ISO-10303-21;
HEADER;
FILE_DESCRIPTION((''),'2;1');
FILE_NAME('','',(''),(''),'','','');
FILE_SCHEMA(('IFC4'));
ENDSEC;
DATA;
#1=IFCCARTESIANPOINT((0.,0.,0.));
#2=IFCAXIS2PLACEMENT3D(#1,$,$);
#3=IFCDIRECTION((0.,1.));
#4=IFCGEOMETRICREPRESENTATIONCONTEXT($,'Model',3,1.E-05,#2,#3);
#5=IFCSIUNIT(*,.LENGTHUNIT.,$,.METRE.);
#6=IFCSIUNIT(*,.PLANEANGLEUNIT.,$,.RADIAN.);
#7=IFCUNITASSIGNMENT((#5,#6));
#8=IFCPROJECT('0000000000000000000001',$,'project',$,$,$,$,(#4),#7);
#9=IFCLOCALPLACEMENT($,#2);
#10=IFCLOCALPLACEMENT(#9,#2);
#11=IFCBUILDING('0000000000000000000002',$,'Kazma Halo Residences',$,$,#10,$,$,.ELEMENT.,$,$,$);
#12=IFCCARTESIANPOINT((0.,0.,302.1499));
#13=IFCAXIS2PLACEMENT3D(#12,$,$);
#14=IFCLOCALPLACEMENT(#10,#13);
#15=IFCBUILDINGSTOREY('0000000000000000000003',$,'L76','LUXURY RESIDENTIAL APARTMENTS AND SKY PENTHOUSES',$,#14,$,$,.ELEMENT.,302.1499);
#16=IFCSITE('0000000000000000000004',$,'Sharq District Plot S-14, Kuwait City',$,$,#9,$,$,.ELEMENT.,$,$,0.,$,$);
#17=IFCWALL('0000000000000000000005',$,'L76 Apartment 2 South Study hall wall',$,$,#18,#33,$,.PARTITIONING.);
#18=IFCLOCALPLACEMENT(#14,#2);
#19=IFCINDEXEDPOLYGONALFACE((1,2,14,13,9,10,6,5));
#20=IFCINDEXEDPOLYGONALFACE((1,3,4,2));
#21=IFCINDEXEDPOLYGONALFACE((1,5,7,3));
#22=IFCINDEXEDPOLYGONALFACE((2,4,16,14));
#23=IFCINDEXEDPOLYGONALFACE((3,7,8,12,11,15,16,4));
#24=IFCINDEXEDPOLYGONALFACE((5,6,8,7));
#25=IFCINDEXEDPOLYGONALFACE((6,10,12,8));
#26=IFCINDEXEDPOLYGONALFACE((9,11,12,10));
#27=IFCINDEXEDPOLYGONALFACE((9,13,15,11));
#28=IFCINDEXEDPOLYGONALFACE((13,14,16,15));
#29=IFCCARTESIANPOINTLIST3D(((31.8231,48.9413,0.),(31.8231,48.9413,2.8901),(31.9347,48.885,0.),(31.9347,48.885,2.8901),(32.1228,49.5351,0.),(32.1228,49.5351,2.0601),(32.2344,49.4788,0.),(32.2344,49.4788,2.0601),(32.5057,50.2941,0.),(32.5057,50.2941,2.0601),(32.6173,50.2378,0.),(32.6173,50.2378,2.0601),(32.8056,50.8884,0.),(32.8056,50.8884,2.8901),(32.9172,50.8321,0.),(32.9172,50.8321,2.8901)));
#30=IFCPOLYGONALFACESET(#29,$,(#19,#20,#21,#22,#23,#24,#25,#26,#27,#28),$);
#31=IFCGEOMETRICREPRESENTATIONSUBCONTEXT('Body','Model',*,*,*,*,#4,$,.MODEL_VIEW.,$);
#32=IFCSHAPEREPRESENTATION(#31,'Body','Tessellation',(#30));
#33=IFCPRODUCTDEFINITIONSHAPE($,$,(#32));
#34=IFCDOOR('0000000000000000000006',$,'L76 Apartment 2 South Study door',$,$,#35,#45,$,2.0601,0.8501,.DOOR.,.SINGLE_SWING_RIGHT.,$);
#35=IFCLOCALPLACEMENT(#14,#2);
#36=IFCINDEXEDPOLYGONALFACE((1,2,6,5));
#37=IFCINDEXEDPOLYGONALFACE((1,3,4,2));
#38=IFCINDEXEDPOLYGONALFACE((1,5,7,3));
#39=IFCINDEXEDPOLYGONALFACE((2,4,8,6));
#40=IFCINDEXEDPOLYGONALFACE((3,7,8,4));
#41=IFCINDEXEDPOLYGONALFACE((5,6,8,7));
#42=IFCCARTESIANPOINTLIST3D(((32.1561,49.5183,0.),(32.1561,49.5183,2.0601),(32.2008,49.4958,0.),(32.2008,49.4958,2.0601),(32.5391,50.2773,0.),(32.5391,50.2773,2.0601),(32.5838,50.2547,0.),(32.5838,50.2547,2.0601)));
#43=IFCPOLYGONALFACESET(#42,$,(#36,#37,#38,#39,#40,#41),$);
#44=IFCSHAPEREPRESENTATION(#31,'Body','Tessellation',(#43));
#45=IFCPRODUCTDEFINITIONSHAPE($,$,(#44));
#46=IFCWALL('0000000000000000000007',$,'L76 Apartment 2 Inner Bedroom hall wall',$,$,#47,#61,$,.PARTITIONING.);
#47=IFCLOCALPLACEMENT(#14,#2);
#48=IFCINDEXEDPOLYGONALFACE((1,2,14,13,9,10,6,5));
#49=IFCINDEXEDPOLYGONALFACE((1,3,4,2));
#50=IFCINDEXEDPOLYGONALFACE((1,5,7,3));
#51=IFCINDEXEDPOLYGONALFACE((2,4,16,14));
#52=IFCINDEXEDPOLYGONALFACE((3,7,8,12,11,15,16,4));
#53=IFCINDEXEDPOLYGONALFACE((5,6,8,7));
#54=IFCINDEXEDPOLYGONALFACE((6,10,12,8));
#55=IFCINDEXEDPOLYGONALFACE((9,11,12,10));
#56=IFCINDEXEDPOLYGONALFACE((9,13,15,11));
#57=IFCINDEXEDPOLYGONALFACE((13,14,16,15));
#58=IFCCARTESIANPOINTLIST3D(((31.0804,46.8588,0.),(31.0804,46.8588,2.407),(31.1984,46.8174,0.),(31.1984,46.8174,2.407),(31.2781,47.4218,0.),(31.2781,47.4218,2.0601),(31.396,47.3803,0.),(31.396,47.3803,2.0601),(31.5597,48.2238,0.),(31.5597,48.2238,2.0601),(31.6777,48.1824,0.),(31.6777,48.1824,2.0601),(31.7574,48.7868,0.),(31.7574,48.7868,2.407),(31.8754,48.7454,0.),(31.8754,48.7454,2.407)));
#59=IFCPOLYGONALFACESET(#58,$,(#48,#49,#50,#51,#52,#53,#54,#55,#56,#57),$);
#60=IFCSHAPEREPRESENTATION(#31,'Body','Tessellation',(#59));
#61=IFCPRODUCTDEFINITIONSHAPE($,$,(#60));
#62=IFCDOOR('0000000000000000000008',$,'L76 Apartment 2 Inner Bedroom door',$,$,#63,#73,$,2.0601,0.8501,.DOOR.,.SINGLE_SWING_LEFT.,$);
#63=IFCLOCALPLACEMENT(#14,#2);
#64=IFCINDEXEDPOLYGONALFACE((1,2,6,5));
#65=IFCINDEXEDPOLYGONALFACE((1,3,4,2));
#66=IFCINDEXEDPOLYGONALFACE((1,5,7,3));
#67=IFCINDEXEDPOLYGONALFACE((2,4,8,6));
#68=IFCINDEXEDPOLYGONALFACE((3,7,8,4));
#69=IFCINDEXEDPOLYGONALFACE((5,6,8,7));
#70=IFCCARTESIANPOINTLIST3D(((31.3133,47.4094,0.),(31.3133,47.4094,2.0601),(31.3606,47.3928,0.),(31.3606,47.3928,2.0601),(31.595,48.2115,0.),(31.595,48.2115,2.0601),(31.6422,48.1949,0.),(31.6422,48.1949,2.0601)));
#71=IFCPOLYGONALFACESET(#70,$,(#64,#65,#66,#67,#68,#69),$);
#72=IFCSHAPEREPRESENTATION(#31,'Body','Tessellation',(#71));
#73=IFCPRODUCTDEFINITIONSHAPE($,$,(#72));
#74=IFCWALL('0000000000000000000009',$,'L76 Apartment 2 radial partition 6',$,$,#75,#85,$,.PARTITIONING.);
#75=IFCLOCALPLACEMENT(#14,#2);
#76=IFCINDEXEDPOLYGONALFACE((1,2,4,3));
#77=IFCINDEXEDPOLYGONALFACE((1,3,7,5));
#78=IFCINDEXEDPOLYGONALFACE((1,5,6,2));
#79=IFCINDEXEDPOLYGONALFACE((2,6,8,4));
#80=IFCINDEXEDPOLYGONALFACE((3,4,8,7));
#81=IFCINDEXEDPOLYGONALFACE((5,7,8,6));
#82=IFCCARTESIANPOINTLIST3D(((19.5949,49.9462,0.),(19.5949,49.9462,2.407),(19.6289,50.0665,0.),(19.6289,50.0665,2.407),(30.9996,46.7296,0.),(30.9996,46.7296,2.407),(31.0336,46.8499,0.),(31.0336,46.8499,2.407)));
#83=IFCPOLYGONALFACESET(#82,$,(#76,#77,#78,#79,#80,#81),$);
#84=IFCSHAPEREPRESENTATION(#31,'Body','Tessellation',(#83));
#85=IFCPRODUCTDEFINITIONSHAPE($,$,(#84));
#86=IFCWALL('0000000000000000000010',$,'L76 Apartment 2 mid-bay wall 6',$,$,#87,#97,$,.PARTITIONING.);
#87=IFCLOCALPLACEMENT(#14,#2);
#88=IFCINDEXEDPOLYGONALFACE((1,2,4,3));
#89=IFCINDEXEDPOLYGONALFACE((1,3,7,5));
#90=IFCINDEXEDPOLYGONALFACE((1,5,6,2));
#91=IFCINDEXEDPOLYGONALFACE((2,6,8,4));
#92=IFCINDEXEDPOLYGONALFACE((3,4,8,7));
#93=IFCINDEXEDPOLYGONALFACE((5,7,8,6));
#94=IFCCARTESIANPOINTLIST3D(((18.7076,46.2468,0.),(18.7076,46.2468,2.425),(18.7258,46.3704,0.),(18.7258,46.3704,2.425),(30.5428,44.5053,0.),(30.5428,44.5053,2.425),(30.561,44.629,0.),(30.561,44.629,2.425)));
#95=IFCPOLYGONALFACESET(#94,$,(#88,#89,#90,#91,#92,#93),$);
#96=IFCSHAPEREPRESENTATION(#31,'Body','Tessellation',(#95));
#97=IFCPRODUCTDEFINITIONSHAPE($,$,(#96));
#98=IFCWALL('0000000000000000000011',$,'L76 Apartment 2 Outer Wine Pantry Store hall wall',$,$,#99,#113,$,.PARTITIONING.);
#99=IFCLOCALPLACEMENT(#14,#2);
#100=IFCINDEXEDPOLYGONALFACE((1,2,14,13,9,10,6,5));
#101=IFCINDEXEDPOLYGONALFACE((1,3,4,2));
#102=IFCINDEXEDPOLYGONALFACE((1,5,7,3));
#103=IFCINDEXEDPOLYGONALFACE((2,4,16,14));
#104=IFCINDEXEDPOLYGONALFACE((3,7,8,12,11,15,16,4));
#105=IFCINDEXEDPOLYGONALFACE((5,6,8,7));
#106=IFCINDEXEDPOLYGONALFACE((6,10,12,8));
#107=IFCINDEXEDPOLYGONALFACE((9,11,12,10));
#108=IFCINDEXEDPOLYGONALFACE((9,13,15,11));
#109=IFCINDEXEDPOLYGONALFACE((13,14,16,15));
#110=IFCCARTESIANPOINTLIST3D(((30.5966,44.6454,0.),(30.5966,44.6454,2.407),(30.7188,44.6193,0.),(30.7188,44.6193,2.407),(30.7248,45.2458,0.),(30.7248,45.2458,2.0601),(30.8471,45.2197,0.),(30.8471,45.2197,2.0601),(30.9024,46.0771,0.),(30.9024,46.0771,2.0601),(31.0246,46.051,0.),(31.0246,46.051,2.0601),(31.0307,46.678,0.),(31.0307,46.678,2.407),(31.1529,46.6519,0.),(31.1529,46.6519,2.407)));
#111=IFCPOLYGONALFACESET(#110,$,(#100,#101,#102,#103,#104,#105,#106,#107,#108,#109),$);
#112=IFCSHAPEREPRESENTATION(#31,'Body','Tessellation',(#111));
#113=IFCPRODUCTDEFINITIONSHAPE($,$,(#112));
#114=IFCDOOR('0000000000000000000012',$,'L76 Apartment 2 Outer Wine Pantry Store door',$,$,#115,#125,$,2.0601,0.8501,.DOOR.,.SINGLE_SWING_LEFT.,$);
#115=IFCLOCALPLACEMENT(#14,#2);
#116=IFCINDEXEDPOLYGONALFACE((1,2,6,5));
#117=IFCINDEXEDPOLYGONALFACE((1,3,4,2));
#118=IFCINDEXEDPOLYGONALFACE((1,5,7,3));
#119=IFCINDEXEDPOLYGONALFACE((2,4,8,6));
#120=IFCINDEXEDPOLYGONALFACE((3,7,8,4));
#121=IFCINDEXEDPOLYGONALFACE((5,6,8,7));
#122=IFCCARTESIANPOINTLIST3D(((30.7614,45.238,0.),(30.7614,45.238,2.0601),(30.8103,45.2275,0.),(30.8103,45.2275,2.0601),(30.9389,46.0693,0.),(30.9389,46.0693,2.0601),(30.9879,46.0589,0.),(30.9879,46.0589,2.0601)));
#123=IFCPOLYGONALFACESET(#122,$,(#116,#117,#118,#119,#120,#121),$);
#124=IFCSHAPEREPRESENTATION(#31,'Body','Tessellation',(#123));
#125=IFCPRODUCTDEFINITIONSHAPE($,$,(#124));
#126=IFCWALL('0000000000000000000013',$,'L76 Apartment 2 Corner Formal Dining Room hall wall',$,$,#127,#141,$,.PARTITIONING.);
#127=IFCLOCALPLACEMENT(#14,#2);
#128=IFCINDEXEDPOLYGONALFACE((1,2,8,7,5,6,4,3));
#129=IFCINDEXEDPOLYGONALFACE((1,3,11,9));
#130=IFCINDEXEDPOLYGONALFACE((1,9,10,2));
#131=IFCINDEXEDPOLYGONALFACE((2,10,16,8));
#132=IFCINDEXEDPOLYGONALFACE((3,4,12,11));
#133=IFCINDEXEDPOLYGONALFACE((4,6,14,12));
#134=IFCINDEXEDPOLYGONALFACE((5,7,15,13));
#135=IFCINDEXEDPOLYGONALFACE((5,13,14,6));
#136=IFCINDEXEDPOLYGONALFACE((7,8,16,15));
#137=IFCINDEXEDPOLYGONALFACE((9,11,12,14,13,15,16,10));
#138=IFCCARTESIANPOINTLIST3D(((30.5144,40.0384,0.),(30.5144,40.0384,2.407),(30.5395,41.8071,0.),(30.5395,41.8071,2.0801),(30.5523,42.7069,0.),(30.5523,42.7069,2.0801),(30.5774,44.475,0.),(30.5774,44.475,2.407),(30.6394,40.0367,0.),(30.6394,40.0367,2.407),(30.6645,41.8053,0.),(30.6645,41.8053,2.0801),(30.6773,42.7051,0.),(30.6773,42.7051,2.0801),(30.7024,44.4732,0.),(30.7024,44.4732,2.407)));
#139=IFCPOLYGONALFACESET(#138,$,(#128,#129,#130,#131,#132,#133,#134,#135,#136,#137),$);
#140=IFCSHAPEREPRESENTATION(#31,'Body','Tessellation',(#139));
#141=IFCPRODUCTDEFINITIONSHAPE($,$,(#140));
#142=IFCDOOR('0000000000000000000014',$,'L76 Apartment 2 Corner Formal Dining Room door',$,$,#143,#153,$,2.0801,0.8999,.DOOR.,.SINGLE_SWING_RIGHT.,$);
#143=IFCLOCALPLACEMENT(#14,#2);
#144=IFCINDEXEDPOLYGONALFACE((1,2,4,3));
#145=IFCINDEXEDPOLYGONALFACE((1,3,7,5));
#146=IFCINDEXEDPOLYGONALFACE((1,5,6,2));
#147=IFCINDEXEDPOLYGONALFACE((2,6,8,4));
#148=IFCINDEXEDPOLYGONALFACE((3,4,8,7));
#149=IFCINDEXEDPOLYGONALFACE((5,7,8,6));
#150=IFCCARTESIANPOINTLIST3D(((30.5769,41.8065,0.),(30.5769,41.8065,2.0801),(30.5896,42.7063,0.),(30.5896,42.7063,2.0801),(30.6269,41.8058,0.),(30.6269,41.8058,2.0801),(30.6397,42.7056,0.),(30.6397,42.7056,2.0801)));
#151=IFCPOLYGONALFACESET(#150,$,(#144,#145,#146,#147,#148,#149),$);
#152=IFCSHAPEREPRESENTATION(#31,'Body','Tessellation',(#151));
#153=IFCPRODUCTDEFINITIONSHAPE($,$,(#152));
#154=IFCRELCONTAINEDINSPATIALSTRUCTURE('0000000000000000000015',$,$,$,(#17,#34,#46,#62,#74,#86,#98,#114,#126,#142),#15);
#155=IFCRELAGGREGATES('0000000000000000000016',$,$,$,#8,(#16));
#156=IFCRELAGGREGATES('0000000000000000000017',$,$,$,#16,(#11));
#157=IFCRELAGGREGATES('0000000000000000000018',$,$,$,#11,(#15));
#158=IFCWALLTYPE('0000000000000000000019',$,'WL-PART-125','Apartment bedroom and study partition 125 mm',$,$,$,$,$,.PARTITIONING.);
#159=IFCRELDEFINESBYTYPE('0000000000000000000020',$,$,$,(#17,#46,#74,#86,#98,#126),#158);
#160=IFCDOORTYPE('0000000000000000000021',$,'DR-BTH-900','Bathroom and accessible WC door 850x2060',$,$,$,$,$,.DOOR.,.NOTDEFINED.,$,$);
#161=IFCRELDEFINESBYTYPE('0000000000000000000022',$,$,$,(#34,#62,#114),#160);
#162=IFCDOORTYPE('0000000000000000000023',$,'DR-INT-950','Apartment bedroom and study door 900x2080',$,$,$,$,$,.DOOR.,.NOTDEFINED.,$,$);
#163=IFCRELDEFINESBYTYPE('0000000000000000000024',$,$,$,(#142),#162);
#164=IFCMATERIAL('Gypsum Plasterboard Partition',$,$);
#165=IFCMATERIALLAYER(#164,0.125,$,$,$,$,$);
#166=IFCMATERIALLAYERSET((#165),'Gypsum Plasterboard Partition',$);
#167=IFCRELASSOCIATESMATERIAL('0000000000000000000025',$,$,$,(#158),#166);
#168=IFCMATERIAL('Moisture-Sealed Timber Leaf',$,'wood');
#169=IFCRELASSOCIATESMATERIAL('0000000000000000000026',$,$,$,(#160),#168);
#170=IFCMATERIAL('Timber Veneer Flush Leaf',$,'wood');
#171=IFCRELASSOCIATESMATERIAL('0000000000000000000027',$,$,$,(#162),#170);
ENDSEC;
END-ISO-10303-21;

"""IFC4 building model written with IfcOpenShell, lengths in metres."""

from ifc_helpers import new_model, si_unit, direction, frame, frame_2d, origin, place, context, subcontext, project, spatial, rectangle, extrude, material, layer, layer_set, type_object, element, fill, save


model = new_model("IFC4")

# Units and contexts
model_context = context("Model", 3, precision=1e-05, world=origin(), true_north=direction((0.0, 1.0)))
body_context = subcontext(model_context, "Body", "Model", "MODEL_VIEW")
ifc_project = project(units=[si_unit("LENGTHUNIT", "METRE"), si_unit("PLANEANGLEUNIT", "RADIAN")], contexts=[model_context])

# Site, building, storey
site_placement = place(None, origin())
site = spatial("IfcSite", under=ifc_project, at=site_placement, Name="Sharq District Plot S-14, Kuwait City", CompositionType="ELEMENT", RefElevation=0.0)
building_placement = place(site_placement, origin())
building = spatial("IfcBuilding", under=site, at=building_placement, Name="Kazma Halo Residences", CompositionType="ELEMENT")
storey_placement = place(building_placement, frame((0.0, 0.0, 302.1499)))
storey = spatial("IfcBuildingStorey", under=building, at=storey_placement, Name="L76", Description="LUXURY RESIDENTIAL APARTMENTS AND SKY PENTHOUSES", CompositionType="ELEMENT", Elevation=302.1499)

# Shared definitions
ifc_material_1 = material(Name="Gypsum Plasterboard Partition")
ifc_layer_1 = layer(ifc_material_1, 0.125)
ifc_layer_set_1 = layer_set([ifc_layer_1], Name="Gypsum Plasterboard Partition")
wall_type_1 = type_object("IfcWallType", Name="WL-PART-125", Description="Apartment bedroom and study partition 125 mm", PredefinedType="PARTITIONING", material=ifc_layer_set_1)

# Walls, openings, doors
wall_1_placement = place(storey_placement, frame((32.8613, 50.8601, 0.0), z_axis=(0.0, 0.0, 1.0), x_axis=(-0.450479, -0.892787, 0.0)))
wall_1 = element("IfcWall", 1, at=wall_1_placement, inside=storey, type_object=wall_type_1, Name="L76 Apartment 2 South Study hall wall", PredefinedType="PARTITIONING", context=body_context, shape_type="SweptSolid", body=[
    extrude(rectangle(XDim=2.1809, YDim=0.125, at=frame_2d((1.0903, 0.0))), origin(), (0.0, 0.0, 1.0), 2.8901),
])
opening_1_placement = place(wall_1_placement, frame((0.6655, 0.0, 0.0)))
opening_1 = element("IfcOpeningElement", 2, at=opening_1_placement, cuts=wall_1, PredefinedType="OPENING", context=body_context, shape_type="SweptSolid", body=[
    extrude(rectangle(XDim=0.8501, YDim=2.0601, at=frame_2d((0.425, 1.03))), frame((0.0, 0.0725, 0.0), z_axis=(0.0, -1.0, 0.0), x_axis=(1.0, 0.0, 0.0)), (0.0, 0.0, 1.0), 0.145),
])
ifc_material_2 = material(Name="Moisture-Sealed Timber Leaf", Category="wood")
door_type_1 = type_object("IfcDoorType", Name="DR-BTH-900", Description="Bathroom and accessible WC door 850x2060", OperationType="NOTDEFINED", PredefinedType="DOOR", material=ifc_material_2)
door_1_placement = place(opening_1_placement, origin())
door_1 = element("IfcDoor", 3, at=door_1_placement, inside=storey, type_object=door_type_1, Name="L76 Apartment 2 South Study door", OperationType="SINGLE_SWING_RIGHT", OverallHeight=2.0601, OverallWidth=0.8501, PredefinedType="DOOR", context=body_context, shape_type="SweptSolid", body=[
    extrude(rectangle(XDim=0.8501, YDim=2.0601, at=frame_2d((0.425, 1.03))), frame((0.0, 0.0249, 0.0), z_axis=(0.0, -1.0, 0.0), x_axis=(1.0, 0.0, 0.0)), (0.0, 0.0, 1.0), 0.05),
])
fill(opening_1, door_1)
wall_2_placement = place(storey_placement, frame((31.8164, 48.7661, 0.0), z_axis=(0.0, 0.0, 1.0), x_axis=(-0.331314, -0.943521, 0.0)))
wall_2 = element("IfcWall", 4, at=wall_2_placement, inside=storey, type_object=wall_type_1, Name="L76 Apartment 2 Inner Bedroom hall wall", PredefinedType="PARTITIONING", context=body_context, shape_type="SweptSolid", body=[
    extrude(rectangle(XDim=2.0435, YDim=0.125, at=frame_2d((1.0217, 0.0))), origin(), (0.0, 0.0, 1.0), 2.407),
])
opening_2_placement = place(wall_2_placement, frame((0.5967, 0.0, 0.0)))
opening_2 = element("IfcOpeningElement", 5, at=opening_2_placement, cuts=wall_2, PredefinedType="OPENING", context=body_context, shape_type="SweptSolid", body=[
    extrude(rectangle(XDim=0.8501, YDim=2.0601, at=frame_2d((0.425, 1.03))), frame((0.0, 0.0725, 0.0), z_axis=(0.0, -1.0, 0.0), x_axis=(1.0, 0.0, 0.0)), (0.0, 0.0, 1.0), 0.145),
])
door_2_placement = place(opening_2_placement, origin())
door_2 = element("IfcDoor", 6, at=door_2_placement, inside=storey, type_object=door_type_1, Name="L76 Apartment 2 Inner Bedroom door", OperationType="SINGLE_SWING_LEFT", OverallHeight=2.0601, OverallWidth=0.8501, PredefinedType="DOOR", context=body_context, shape_type="SweptSolid", body=[
    extrude(rectangle(XDim=0.8501, YDim=2.0601, at=frame_2d((0.425, 1.03))), frame((0.0, 0.0249, 0.0), z_axis=(0.0, -1.0, 0.0), x_axis=(1.0, 0.0, 0.0)), (0.0, 0.0, 1.0), 0.05),
])
fill(opening_2, door_2)

# Walls
wall_3_placement = place(storey_placement, frame((31.0166, 46.7898, 0.0), z_axis=(0.0, 0.0, 1.0), x_axis=(-0.962454, 0.271446, 0.0)))
element("IfcWall", 7, at=wall_3_placement, inside=storey, type_object=wall_type_1, Name="L76 Apartment 2 radial partition 6", PredefinedType="PARTITIONING", context=body_context, shape_type="SweptSolid", body=[
    extrude(rectangle(XDim=11.8496, YDim=0.125, at=frame_2d((5.9248, 0.0))), origin(), (0.0, 0.0, 1.0), 2.407),
])
wall_4_placement = place(storey_placement, frame((30.552, 44.5671, 0.0), z_axis=(0.0, 0.0, 1.0), x_axis=(-0.989347, 0.145574, 0.0)))
element("IfcWall", 8, at=wall_4_placement, inside=storey, type_object=wall_type_1, Name="L76 Apartment 2 mid-bay wall 6", PredefinedType="PARTITIONING", context=body_context, shape_type="SweptSolid", body=[
    extrude(rectangle(XDim=11.9626, YDim=0.125, at=frame_2d((5.9814, 0.0))), origin(), (0.0, 0.0, 1.0), 2.425),
])

# Walls, openings, doors
wall_5_placement = place(storey_placement, frame((31.0918, 46.6648, 0.0), z_axis=(0.0, 0.0, 1.0), x_axis=(-0.208863, -0.977945, 0.0)))
wall_5 = element("IfcWall", 9, at=wall_5_placement, inside=storey, type_object=wall_type_1, Name="L76 Apartment 2 Outer Wine Pantry Store hall wall", PredefinedType="PARTITIONING", context=body_context, shape_type="SweptSolid", body=[
    extrude(rectangle(XDim=2.0784, YDim=0.125, at=frame_2d((1.0391, 0.0))), origin(), (0.0, 0.0, 1.0), 2.407),
])
opening_3_placement = place(wall_5_placement, frame((0.6143, 0.0, 0.0)))
opening_3 = element("IfcOpeningElement", 10, at=opening_3_placement, cuts=wall_5, PredefinedType="OPENING", context=body_context, shape_type="SweptSolid", body=[
    extrude(rectangle(XDim=0.8501, YDim=2.0601, at=frame_2d((0.425, 1.03))), frame((0.0, 0.0725, 0.0), z_axis=(0.0, -1.0, 0.0), x_axis=(1.0, 0.0, 0.0)), (0.0, 0.0, 1.0), 0.145),
])
door_3_placement = place(opening_3_placement, origin())
door_3 = element("IfcDoor", 11, at=door_3_placement, inside=storey, type_object=door_type_1, Name="L76 Apartment 2 Outer Wine Pantry Store door", OperationType="SINGLE_SWING_LEFT", OverallHeight=2.0601, OverallWidth=0.8501, PredefinedType="DOOR", context=body_context, shape_type="SweptSolid", body=[
    extrude(rectangle(XDim=0.8501, YDim=2.0601, at=frame_2d((0.425, 1.03))), frame((0.0, 0.0249, 0.0), z_axis=(0.0, -1.0, 0.0), x_axis=(1.0, 0.0, 0.0)), (0.0, 0.0, 1.0), 0.05),
])
fill(opening_3, door_3)
wall_6_placement = place(storey_placement, frame((30.6399, 44.4741, 0.0), z_axis=(0.0, 0.0, 1.0), x_axis=(-0.014196, -0.999899, 0.0)))
wall_6 = element("IfcWall", 12, at=wall_6_placement, inside=storey, type_object=wall_type_1, Name="L76 Apartment 2 Corner Formal Dining Room hall wall", PredefinedType="PARTITIONING", context=body_context, shape_type="SweptSolid", body=[
    extrude(rectangle(XDim=4.437, YDim=0.125, at=frame_2d((2.2185, 0.0))), origin(), (0.0, 0.0, 1.0), 2.407),
])
opening_4_placement = place(wall_6_placement, frame((1.7683, 0.0, 0.0)))
opening_4 = element("IfcOpeningElement", 13, at=opening_4_placement, cuts=wall_6, PredefinedType="OPENING", context=body_context, shape_type="SweptSolid", body=[
    extrude(rectangle(XDim=0.8999, YDim=2.0801, at=frame_2d((0.45, 1.04))), frame((0.0, 0.0725, 0.0), z_axis=(0.0, -1.0, 0.0), x_axis=(1.0, 0.0, 0.0)), (0.0, 0.0, 1.0), 0.145),
])
ifc_material_3 = material(Name="Timber Veneer Flush Leaf", Category="wood")
door_type_2 = type_object("IfcDoorType", Name="DR-INT-950", Description="Apartment bedroom and study door 900x2080", OperationType="NOTDEFINED", PredefinedType="DOOR", material=ifc_material_3)
door_4_placement = place(opening_4_placement, origin())
door_4 = element("IfcDoor", 14, at=door_4_placement, inside=storey, type_object=door_type_2, Name="L76 Apartment 2 Corner Formal Dining Room door", OperationType="SINGLE_SWING_RIGHT", OverallHeight=2.0801, OverallWidth=0.8999, PredefinedType="DOOR", context=body_context, shape_type="SweptSolid", body=[
    extrude(rectangle(XDim=0.8999, YDim=2.0801, at=frame_2d((0.45, 1.04))), frame((0.0, 0.0249, 0.0), z_axis=(0.0, -1.0, 0.0), x_axis=(1.0, 0.0, 0.0)), (0.0, 0.0, 1.0), 0.05),
])
fill(opening_4, door_4)

save(model, "model.ifc")
